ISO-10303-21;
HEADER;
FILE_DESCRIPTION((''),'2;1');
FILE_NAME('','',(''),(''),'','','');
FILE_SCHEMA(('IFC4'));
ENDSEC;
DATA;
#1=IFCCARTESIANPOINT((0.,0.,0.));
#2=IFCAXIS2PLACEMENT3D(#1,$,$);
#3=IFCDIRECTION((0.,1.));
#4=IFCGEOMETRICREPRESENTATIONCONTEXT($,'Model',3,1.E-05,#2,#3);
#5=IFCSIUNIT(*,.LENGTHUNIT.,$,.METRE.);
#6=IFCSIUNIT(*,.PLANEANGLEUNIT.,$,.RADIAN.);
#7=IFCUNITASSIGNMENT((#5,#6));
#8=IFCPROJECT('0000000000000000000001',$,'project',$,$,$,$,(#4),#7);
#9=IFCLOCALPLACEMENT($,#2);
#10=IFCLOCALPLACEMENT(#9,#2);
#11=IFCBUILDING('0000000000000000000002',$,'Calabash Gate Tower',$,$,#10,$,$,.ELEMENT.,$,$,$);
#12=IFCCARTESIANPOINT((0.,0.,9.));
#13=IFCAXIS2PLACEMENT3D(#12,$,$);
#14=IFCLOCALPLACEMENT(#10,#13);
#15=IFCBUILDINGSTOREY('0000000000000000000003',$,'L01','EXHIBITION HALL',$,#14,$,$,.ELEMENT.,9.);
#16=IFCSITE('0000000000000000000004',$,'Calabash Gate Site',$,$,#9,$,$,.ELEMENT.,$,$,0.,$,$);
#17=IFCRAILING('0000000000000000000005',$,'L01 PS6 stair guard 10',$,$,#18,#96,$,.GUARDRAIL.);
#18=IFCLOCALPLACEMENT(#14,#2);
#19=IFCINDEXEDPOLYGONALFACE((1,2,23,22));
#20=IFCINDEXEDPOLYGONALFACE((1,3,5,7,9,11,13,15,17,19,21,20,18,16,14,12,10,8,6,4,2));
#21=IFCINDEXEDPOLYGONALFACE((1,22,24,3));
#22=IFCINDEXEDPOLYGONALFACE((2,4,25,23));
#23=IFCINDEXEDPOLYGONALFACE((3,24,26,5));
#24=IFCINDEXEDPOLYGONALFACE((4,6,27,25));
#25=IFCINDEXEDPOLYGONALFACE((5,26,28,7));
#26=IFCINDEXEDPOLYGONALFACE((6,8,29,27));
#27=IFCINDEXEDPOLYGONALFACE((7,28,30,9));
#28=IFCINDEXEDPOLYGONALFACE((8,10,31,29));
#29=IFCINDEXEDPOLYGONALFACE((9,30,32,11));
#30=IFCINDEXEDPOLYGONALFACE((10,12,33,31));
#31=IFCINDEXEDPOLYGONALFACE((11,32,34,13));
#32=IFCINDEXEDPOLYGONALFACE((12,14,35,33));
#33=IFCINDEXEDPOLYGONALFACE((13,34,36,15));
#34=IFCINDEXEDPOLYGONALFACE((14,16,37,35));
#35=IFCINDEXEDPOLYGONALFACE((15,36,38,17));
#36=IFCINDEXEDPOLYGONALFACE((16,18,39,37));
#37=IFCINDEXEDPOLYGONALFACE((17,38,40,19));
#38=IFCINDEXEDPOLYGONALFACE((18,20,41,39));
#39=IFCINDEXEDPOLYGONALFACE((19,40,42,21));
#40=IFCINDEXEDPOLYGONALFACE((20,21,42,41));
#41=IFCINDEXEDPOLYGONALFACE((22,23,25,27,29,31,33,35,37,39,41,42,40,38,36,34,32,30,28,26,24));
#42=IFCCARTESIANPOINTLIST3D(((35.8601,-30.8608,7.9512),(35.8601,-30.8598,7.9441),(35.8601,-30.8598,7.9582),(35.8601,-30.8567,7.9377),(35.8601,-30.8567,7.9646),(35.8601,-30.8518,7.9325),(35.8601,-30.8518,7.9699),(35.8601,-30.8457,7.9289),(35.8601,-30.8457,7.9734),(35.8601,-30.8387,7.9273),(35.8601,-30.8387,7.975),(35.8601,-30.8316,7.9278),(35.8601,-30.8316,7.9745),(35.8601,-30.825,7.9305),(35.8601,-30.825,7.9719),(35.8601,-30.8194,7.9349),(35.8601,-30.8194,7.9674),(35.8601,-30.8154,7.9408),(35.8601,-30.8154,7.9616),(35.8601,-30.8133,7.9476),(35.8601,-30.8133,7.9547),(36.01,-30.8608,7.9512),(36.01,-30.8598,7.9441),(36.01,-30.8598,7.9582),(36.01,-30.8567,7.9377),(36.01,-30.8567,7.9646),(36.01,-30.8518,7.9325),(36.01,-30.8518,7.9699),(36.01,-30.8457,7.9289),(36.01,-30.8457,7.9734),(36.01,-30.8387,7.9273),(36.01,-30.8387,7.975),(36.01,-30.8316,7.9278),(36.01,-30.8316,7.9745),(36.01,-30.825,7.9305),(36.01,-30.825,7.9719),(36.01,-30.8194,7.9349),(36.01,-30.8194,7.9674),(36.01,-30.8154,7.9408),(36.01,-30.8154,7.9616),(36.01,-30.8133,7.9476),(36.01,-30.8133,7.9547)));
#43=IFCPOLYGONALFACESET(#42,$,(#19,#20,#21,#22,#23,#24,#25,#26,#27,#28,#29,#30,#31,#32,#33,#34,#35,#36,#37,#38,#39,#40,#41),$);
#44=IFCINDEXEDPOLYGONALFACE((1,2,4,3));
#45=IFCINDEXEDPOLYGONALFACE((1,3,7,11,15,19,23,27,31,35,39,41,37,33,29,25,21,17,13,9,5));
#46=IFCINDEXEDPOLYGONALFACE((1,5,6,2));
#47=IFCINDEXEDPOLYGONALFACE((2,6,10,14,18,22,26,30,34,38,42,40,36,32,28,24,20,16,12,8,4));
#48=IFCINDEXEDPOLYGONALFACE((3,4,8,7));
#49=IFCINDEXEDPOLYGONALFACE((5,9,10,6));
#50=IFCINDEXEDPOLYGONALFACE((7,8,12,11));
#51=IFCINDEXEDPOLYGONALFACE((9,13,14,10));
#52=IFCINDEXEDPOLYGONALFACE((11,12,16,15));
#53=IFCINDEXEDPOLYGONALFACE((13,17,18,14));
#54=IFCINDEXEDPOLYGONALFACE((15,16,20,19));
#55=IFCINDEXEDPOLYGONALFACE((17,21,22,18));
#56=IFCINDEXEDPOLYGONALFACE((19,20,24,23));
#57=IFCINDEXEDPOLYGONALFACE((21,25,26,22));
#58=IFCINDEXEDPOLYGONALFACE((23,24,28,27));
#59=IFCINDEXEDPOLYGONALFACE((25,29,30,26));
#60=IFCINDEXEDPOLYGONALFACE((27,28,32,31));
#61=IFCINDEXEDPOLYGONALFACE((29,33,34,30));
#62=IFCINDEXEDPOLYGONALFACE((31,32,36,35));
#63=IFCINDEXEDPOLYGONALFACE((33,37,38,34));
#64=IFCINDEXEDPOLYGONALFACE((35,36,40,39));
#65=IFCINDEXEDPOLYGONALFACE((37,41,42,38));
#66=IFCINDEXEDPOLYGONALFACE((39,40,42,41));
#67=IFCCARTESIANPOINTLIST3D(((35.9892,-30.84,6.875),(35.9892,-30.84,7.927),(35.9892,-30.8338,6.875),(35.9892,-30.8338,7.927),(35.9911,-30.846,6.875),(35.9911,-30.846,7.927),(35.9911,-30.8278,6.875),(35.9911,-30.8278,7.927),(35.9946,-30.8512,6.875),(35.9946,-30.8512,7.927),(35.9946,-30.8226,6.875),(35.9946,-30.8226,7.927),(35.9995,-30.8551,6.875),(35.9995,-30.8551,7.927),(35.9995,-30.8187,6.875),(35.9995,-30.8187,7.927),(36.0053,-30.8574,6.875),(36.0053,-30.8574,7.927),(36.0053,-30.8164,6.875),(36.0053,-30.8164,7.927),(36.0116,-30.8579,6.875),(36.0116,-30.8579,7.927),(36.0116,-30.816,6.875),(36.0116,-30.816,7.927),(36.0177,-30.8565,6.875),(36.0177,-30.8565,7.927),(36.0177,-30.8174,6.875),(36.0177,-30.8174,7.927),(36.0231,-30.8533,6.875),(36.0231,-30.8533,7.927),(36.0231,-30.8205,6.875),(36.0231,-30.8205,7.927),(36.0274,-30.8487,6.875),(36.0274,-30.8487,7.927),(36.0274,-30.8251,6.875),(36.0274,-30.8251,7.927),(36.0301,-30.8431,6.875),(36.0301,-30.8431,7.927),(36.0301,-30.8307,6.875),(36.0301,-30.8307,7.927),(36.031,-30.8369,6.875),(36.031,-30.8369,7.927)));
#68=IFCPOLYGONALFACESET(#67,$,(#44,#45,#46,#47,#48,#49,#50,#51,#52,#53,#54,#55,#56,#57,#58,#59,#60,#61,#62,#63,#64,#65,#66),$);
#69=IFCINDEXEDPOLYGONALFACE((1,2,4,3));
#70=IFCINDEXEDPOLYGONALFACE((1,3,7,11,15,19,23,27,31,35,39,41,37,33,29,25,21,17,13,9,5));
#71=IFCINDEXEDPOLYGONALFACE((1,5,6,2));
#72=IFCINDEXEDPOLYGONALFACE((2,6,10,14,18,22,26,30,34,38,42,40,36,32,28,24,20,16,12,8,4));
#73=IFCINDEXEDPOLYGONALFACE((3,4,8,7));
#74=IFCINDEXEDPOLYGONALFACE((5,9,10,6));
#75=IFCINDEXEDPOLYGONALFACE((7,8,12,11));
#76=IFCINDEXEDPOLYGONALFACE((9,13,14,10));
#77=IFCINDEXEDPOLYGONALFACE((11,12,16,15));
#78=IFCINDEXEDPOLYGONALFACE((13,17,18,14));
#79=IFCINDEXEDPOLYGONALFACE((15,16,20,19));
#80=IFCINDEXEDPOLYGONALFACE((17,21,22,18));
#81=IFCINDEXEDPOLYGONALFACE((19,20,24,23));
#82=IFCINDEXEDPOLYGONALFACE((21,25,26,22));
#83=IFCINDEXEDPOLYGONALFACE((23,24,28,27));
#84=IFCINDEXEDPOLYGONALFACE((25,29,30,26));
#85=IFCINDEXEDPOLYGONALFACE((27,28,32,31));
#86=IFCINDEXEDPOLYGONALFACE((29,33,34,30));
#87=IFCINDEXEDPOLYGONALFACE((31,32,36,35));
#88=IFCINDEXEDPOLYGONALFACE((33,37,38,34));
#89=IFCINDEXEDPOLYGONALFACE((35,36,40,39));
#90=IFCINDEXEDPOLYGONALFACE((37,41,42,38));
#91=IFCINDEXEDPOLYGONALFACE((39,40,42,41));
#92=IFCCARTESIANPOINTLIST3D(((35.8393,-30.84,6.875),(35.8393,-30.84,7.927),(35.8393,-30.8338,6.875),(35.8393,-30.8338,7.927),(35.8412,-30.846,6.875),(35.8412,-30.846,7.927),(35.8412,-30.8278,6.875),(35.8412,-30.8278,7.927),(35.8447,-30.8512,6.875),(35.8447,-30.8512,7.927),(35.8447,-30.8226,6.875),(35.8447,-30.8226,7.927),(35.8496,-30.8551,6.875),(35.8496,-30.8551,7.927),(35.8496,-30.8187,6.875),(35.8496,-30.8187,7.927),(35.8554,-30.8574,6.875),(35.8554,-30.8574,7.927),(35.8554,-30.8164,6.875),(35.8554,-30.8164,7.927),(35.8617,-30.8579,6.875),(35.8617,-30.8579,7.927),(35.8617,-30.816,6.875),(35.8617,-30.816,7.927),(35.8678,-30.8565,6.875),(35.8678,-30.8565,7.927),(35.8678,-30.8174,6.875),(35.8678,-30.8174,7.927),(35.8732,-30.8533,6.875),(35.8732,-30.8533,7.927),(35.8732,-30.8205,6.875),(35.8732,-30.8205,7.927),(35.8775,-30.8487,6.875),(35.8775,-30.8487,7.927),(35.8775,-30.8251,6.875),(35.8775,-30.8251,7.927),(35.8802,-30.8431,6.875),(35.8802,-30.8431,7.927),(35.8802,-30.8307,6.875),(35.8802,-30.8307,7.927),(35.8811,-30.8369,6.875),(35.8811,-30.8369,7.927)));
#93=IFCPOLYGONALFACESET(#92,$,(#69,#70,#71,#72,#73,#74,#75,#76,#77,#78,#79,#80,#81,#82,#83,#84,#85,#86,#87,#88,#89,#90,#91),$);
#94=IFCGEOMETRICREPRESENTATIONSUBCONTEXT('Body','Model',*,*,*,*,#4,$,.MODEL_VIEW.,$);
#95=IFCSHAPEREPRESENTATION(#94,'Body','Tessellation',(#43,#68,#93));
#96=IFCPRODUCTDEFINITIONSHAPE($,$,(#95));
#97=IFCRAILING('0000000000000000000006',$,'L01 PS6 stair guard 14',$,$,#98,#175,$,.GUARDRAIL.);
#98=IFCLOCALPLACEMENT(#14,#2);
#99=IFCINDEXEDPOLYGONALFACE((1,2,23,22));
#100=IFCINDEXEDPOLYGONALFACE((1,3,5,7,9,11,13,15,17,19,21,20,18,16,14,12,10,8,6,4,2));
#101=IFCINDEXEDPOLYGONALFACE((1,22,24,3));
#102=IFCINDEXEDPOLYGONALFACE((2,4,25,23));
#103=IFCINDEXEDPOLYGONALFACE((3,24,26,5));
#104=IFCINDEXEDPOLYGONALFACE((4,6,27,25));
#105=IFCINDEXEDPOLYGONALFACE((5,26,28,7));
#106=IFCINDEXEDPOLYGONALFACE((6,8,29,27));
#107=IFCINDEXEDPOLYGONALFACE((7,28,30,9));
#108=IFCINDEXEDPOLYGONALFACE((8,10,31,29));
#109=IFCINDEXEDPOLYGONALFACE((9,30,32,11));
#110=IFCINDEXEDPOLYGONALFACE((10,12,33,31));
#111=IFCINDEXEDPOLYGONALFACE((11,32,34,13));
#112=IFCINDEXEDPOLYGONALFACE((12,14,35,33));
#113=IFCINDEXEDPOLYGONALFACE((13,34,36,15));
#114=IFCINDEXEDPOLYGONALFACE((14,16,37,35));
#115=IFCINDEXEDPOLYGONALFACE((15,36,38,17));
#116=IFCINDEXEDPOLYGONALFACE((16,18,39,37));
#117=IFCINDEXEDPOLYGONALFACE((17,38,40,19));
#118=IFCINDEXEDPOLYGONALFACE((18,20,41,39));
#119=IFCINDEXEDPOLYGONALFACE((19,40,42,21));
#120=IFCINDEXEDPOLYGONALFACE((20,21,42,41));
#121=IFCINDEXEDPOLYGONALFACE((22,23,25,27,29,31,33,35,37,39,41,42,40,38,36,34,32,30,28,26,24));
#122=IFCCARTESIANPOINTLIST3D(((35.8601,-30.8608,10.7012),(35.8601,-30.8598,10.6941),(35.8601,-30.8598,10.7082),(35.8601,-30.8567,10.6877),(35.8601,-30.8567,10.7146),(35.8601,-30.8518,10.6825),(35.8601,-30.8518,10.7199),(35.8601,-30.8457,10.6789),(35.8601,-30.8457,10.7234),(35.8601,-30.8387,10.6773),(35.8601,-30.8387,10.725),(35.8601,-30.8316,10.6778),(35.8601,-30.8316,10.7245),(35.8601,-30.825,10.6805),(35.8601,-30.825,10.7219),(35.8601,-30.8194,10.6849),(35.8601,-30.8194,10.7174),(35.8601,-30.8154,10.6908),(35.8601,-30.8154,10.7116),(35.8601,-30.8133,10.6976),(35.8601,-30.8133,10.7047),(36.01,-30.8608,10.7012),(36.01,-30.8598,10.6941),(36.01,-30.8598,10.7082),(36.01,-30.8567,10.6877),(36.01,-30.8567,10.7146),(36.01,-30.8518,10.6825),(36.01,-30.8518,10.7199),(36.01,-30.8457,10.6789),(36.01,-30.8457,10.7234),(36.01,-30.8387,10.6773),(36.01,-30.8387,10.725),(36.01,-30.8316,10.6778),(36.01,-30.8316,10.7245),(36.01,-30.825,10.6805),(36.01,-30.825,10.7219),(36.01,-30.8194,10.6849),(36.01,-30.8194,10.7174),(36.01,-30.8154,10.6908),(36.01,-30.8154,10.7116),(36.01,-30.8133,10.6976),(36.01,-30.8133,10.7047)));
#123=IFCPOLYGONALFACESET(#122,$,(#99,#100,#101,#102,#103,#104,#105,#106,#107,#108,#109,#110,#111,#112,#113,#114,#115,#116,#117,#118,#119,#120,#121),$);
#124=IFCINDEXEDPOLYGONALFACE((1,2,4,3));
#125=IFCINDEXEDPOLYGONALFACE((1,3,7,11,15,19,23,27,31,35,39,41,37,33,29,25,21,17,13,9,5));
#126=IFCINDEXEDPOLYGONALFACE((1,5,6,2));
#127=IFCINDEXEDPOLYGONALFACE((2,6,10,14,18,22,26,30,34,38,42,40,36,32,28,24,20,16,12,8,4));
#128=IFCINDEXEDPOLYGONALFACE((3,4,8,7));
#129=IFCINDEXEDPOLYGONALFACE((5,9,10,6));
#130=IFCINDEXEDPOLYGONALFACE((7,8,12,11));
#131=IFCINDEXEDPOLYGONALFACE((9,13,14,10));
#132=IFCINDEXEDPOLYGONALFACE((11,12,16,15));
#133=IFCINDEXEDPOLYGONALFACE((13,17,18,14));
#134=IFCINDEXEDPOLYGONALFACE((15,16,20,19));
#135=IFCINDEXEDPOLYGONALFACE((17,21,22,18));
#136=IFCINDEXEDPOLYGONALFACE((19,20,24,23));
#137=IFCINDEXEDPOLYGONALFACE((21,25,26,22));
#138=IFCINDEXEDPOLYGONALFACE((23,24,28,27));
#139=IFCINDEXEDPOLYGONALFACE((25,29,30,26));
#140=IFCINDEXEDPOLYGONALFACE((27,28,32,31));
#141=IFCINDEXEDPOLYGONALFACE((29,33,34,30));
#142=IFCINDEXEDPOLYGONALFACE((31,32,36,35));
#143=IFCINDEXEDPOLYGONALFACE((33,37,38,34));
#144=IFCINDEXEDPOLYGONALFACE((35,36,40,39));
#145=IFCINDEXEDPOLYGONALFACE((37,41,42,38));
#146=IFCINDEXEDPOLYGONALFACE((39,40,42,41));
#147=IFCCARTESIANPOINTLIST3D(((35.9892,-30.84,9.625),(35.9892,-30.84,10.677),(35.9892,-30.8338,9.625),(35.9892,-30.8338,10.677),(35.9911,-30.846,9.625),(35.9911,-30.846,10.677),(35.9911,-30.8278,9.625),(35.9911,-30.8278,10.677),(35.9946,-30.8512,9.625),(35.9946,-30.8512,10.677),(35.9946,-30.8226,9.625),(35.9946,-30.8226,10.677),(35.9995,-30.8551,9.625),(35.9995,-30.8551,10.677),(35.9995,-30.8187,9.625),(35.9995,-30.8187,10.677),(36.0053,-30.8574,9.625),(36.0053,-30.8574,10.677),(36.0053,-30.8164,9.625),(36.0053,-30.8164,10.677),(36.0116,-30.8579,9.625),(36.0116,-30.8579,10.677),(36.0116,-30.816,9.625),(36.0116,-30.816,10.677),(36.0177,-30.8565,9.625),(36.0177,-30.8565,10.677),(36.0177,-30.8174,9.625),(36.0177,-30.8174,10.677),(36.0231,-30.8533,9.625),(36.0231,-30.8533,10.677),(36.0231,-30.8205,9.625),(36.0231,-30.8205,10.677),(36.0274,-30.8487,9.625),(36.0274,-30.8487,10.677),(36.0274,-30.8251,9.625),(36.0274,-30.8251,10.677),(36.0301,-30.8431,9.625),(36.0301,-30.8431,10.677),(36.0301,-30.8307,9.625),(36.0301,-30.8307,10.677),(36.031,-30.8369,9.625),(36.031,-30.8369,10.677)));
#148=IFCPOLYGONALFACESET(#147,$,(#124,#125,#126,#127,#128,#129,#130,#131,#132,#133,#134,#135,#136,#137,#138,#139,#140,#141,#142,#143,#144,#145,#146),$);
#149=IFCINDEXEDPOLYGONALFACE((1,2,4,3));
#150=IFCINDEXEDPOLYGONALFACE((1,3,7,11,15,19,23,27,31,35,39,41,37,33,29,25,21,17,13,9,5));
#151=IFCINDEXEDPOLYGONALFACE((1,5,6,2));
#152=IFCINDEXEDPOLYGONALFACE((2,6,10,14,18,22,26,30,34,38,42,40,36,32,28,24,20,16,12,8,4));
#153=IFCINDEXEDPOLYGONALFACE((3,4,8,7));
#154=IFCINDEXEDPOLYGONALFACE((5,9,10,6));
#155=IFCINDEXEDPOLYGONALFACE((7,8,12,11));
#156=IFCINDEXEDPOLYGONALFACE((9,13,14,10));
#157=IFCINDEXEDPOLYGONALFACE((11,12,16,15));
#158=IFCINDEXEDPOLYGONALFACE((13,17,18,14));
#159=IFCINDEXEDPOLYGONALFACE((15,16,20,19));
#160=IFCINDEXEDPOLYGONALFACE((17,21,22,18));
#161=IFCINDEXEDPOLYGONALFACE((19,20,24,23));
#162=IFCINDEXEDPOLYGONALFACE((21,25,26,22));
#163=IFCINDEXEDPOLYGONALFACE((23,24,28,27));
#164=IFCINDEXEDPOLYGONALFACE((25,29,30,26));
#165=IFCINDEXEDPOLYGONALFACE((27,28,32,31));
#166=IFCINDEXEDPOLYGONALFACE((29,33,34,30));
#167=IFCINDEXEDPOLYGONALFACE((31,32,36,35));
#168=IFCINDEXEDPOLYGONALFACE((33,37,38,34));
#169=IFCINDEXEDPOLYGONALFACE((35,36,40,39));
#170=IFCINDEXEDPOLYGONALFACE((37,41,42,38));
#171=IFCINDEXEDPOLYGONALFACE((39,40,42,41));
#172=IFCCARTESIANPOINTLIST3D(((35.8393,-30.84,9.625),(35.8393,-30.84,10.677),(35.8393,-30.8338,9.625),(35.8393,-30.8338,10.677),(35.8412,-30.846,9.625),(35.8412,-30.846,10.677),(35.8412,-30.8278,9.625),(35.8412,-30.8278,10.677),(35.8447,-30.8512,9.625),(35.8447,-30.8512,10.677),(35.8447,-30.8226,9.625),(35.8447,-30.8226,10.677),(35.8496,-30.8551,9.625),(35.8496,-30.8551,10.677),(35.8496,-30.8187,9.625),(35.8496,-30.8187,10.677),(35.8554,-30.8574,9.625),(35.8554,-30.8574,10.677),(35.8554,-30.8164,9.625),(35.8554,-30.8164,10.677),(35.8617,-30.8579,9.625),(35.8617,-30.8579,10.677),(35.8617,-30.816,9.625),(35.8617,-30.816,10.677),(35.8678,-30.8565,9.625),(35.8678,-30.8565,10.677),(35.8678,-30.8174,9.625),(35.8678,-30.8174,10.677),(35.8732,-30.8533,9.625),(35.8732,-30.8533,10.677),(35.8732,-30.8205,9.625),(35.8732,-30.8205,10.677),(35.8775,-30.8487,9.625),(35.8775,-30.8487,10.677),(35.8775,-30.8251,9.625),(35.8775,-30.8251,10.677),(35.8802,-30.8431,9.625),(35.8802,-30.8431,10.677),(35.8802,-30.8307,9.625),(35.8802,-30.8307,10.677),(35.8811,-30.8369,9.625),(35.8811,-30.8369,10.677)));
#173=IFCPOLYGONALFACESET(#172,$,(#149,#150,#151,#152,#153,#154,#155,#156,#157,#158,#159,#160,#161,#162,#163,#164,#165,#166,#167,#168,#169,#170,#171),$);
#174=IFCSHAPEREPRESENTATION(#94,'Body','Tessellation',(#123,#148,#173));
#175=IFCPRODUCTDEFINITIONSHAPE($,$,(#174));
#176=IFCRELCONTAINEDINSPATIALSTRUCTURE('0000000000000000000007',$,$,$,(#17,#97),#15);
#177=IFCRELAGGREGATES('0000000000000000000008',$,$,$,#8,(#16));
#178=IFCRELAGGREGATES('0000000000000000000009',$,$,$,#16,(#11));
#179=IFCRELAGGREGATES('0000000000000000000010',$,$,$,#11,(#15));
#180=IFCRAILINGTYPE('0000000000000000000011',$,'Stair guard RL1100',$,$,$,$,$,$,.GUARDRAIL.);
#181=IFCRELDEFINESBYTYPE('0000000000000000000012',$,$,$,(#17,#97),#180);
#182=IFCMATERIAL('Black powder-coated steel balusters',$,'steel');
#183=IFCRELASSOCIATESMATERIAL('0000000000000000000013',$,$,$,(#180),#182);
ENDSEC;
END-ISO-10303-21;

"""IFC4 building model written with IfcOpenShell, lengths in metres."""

from ifc_helpers import new_model, si_unit, direction, frame, origin, origin_2d, place, context, subcontext, project, spatial, circle, extrude, material, type_object, element, save


model = new_model("IFC4")

# Units and contexts
model_context = context("Model", 3, precision=1e-05, world=origin(), true_north=direction((0.0, 1.0)))
body_context = subcontext(model_context, "Body", "Model", "MODEL_VIEW")
ifc_project = project(units=[si_unit("LENGTHUNIT", "METRE"), si_unit("PLANEANGLEUNIT", "RADIAN")], contexts=[model_context])

# Site, building, storey
site_placement = place(None, origin())
site = spatial("IfcSite", under=ifc_project, at=site_placement, Name="Calabash Gate Site", CompositionType="ELEMENT", RefElevation=0.0)
building_placement = place(site_placement, origin())
building = spatial("IfcBuilding", under=site, at=building_placement, Name="Calabash Gate Tower", CompositionType="ELEMENT")
storey_placement = place(building_placement, frame((0.0, 0.0, 9.0)))
storey = spatial("IfcBuildingStorey", under=building, at=storey_placement, Name="L01", Description="EXHIBITION HALL", CompositionType="ELEMENT", Elevation=9.0)

# Railings
ifc_material_1 = material(Name="Black powder-coated steel balusters", Category="steel")
railing_type_1 = type_object("IfcRailingType", Name="Stair guard RL1100", PredefinedType="GUARDRAIL", material=ifc_material_1)
for number, where, name in (
    (1, (36.01, -30.8369, 6.875), "L01 PS6 stair guard 10"),
    (2, (36.01, -30.8369, 9.625), "L01 PS6 stair guard 14"),
):
    element("IfcRailing", number, at=place(storey_placement, frame(where)), inside=storey, type_object=railing_type_1, Name=name, PredefinedType="GUARDRAIL", context=body_context, shape_type="SweptSolid", body=[
        extrude(circle(Radius=0.0239, at=origin_2d()), frame((0.0, 0.0, 1.0762), z_axis=(-1.0, 0.0, 0.0), x_axis=(0.0, -1.0, 0.0)), (0.0, 0.0, 1.0), 0.1499),
        extrude(circle(Radius=0.021, at=origin_2d()), origin(), (0.0, 0.0, 1.0), 1.052),
        extrude(circle(Radius=0.021, at=origin_2d()), frame((-0.1499, 0.0, 0.0)), (0.0, 0.0, 1.0), 1.052),
    ])

save(model, "model.ifc")
